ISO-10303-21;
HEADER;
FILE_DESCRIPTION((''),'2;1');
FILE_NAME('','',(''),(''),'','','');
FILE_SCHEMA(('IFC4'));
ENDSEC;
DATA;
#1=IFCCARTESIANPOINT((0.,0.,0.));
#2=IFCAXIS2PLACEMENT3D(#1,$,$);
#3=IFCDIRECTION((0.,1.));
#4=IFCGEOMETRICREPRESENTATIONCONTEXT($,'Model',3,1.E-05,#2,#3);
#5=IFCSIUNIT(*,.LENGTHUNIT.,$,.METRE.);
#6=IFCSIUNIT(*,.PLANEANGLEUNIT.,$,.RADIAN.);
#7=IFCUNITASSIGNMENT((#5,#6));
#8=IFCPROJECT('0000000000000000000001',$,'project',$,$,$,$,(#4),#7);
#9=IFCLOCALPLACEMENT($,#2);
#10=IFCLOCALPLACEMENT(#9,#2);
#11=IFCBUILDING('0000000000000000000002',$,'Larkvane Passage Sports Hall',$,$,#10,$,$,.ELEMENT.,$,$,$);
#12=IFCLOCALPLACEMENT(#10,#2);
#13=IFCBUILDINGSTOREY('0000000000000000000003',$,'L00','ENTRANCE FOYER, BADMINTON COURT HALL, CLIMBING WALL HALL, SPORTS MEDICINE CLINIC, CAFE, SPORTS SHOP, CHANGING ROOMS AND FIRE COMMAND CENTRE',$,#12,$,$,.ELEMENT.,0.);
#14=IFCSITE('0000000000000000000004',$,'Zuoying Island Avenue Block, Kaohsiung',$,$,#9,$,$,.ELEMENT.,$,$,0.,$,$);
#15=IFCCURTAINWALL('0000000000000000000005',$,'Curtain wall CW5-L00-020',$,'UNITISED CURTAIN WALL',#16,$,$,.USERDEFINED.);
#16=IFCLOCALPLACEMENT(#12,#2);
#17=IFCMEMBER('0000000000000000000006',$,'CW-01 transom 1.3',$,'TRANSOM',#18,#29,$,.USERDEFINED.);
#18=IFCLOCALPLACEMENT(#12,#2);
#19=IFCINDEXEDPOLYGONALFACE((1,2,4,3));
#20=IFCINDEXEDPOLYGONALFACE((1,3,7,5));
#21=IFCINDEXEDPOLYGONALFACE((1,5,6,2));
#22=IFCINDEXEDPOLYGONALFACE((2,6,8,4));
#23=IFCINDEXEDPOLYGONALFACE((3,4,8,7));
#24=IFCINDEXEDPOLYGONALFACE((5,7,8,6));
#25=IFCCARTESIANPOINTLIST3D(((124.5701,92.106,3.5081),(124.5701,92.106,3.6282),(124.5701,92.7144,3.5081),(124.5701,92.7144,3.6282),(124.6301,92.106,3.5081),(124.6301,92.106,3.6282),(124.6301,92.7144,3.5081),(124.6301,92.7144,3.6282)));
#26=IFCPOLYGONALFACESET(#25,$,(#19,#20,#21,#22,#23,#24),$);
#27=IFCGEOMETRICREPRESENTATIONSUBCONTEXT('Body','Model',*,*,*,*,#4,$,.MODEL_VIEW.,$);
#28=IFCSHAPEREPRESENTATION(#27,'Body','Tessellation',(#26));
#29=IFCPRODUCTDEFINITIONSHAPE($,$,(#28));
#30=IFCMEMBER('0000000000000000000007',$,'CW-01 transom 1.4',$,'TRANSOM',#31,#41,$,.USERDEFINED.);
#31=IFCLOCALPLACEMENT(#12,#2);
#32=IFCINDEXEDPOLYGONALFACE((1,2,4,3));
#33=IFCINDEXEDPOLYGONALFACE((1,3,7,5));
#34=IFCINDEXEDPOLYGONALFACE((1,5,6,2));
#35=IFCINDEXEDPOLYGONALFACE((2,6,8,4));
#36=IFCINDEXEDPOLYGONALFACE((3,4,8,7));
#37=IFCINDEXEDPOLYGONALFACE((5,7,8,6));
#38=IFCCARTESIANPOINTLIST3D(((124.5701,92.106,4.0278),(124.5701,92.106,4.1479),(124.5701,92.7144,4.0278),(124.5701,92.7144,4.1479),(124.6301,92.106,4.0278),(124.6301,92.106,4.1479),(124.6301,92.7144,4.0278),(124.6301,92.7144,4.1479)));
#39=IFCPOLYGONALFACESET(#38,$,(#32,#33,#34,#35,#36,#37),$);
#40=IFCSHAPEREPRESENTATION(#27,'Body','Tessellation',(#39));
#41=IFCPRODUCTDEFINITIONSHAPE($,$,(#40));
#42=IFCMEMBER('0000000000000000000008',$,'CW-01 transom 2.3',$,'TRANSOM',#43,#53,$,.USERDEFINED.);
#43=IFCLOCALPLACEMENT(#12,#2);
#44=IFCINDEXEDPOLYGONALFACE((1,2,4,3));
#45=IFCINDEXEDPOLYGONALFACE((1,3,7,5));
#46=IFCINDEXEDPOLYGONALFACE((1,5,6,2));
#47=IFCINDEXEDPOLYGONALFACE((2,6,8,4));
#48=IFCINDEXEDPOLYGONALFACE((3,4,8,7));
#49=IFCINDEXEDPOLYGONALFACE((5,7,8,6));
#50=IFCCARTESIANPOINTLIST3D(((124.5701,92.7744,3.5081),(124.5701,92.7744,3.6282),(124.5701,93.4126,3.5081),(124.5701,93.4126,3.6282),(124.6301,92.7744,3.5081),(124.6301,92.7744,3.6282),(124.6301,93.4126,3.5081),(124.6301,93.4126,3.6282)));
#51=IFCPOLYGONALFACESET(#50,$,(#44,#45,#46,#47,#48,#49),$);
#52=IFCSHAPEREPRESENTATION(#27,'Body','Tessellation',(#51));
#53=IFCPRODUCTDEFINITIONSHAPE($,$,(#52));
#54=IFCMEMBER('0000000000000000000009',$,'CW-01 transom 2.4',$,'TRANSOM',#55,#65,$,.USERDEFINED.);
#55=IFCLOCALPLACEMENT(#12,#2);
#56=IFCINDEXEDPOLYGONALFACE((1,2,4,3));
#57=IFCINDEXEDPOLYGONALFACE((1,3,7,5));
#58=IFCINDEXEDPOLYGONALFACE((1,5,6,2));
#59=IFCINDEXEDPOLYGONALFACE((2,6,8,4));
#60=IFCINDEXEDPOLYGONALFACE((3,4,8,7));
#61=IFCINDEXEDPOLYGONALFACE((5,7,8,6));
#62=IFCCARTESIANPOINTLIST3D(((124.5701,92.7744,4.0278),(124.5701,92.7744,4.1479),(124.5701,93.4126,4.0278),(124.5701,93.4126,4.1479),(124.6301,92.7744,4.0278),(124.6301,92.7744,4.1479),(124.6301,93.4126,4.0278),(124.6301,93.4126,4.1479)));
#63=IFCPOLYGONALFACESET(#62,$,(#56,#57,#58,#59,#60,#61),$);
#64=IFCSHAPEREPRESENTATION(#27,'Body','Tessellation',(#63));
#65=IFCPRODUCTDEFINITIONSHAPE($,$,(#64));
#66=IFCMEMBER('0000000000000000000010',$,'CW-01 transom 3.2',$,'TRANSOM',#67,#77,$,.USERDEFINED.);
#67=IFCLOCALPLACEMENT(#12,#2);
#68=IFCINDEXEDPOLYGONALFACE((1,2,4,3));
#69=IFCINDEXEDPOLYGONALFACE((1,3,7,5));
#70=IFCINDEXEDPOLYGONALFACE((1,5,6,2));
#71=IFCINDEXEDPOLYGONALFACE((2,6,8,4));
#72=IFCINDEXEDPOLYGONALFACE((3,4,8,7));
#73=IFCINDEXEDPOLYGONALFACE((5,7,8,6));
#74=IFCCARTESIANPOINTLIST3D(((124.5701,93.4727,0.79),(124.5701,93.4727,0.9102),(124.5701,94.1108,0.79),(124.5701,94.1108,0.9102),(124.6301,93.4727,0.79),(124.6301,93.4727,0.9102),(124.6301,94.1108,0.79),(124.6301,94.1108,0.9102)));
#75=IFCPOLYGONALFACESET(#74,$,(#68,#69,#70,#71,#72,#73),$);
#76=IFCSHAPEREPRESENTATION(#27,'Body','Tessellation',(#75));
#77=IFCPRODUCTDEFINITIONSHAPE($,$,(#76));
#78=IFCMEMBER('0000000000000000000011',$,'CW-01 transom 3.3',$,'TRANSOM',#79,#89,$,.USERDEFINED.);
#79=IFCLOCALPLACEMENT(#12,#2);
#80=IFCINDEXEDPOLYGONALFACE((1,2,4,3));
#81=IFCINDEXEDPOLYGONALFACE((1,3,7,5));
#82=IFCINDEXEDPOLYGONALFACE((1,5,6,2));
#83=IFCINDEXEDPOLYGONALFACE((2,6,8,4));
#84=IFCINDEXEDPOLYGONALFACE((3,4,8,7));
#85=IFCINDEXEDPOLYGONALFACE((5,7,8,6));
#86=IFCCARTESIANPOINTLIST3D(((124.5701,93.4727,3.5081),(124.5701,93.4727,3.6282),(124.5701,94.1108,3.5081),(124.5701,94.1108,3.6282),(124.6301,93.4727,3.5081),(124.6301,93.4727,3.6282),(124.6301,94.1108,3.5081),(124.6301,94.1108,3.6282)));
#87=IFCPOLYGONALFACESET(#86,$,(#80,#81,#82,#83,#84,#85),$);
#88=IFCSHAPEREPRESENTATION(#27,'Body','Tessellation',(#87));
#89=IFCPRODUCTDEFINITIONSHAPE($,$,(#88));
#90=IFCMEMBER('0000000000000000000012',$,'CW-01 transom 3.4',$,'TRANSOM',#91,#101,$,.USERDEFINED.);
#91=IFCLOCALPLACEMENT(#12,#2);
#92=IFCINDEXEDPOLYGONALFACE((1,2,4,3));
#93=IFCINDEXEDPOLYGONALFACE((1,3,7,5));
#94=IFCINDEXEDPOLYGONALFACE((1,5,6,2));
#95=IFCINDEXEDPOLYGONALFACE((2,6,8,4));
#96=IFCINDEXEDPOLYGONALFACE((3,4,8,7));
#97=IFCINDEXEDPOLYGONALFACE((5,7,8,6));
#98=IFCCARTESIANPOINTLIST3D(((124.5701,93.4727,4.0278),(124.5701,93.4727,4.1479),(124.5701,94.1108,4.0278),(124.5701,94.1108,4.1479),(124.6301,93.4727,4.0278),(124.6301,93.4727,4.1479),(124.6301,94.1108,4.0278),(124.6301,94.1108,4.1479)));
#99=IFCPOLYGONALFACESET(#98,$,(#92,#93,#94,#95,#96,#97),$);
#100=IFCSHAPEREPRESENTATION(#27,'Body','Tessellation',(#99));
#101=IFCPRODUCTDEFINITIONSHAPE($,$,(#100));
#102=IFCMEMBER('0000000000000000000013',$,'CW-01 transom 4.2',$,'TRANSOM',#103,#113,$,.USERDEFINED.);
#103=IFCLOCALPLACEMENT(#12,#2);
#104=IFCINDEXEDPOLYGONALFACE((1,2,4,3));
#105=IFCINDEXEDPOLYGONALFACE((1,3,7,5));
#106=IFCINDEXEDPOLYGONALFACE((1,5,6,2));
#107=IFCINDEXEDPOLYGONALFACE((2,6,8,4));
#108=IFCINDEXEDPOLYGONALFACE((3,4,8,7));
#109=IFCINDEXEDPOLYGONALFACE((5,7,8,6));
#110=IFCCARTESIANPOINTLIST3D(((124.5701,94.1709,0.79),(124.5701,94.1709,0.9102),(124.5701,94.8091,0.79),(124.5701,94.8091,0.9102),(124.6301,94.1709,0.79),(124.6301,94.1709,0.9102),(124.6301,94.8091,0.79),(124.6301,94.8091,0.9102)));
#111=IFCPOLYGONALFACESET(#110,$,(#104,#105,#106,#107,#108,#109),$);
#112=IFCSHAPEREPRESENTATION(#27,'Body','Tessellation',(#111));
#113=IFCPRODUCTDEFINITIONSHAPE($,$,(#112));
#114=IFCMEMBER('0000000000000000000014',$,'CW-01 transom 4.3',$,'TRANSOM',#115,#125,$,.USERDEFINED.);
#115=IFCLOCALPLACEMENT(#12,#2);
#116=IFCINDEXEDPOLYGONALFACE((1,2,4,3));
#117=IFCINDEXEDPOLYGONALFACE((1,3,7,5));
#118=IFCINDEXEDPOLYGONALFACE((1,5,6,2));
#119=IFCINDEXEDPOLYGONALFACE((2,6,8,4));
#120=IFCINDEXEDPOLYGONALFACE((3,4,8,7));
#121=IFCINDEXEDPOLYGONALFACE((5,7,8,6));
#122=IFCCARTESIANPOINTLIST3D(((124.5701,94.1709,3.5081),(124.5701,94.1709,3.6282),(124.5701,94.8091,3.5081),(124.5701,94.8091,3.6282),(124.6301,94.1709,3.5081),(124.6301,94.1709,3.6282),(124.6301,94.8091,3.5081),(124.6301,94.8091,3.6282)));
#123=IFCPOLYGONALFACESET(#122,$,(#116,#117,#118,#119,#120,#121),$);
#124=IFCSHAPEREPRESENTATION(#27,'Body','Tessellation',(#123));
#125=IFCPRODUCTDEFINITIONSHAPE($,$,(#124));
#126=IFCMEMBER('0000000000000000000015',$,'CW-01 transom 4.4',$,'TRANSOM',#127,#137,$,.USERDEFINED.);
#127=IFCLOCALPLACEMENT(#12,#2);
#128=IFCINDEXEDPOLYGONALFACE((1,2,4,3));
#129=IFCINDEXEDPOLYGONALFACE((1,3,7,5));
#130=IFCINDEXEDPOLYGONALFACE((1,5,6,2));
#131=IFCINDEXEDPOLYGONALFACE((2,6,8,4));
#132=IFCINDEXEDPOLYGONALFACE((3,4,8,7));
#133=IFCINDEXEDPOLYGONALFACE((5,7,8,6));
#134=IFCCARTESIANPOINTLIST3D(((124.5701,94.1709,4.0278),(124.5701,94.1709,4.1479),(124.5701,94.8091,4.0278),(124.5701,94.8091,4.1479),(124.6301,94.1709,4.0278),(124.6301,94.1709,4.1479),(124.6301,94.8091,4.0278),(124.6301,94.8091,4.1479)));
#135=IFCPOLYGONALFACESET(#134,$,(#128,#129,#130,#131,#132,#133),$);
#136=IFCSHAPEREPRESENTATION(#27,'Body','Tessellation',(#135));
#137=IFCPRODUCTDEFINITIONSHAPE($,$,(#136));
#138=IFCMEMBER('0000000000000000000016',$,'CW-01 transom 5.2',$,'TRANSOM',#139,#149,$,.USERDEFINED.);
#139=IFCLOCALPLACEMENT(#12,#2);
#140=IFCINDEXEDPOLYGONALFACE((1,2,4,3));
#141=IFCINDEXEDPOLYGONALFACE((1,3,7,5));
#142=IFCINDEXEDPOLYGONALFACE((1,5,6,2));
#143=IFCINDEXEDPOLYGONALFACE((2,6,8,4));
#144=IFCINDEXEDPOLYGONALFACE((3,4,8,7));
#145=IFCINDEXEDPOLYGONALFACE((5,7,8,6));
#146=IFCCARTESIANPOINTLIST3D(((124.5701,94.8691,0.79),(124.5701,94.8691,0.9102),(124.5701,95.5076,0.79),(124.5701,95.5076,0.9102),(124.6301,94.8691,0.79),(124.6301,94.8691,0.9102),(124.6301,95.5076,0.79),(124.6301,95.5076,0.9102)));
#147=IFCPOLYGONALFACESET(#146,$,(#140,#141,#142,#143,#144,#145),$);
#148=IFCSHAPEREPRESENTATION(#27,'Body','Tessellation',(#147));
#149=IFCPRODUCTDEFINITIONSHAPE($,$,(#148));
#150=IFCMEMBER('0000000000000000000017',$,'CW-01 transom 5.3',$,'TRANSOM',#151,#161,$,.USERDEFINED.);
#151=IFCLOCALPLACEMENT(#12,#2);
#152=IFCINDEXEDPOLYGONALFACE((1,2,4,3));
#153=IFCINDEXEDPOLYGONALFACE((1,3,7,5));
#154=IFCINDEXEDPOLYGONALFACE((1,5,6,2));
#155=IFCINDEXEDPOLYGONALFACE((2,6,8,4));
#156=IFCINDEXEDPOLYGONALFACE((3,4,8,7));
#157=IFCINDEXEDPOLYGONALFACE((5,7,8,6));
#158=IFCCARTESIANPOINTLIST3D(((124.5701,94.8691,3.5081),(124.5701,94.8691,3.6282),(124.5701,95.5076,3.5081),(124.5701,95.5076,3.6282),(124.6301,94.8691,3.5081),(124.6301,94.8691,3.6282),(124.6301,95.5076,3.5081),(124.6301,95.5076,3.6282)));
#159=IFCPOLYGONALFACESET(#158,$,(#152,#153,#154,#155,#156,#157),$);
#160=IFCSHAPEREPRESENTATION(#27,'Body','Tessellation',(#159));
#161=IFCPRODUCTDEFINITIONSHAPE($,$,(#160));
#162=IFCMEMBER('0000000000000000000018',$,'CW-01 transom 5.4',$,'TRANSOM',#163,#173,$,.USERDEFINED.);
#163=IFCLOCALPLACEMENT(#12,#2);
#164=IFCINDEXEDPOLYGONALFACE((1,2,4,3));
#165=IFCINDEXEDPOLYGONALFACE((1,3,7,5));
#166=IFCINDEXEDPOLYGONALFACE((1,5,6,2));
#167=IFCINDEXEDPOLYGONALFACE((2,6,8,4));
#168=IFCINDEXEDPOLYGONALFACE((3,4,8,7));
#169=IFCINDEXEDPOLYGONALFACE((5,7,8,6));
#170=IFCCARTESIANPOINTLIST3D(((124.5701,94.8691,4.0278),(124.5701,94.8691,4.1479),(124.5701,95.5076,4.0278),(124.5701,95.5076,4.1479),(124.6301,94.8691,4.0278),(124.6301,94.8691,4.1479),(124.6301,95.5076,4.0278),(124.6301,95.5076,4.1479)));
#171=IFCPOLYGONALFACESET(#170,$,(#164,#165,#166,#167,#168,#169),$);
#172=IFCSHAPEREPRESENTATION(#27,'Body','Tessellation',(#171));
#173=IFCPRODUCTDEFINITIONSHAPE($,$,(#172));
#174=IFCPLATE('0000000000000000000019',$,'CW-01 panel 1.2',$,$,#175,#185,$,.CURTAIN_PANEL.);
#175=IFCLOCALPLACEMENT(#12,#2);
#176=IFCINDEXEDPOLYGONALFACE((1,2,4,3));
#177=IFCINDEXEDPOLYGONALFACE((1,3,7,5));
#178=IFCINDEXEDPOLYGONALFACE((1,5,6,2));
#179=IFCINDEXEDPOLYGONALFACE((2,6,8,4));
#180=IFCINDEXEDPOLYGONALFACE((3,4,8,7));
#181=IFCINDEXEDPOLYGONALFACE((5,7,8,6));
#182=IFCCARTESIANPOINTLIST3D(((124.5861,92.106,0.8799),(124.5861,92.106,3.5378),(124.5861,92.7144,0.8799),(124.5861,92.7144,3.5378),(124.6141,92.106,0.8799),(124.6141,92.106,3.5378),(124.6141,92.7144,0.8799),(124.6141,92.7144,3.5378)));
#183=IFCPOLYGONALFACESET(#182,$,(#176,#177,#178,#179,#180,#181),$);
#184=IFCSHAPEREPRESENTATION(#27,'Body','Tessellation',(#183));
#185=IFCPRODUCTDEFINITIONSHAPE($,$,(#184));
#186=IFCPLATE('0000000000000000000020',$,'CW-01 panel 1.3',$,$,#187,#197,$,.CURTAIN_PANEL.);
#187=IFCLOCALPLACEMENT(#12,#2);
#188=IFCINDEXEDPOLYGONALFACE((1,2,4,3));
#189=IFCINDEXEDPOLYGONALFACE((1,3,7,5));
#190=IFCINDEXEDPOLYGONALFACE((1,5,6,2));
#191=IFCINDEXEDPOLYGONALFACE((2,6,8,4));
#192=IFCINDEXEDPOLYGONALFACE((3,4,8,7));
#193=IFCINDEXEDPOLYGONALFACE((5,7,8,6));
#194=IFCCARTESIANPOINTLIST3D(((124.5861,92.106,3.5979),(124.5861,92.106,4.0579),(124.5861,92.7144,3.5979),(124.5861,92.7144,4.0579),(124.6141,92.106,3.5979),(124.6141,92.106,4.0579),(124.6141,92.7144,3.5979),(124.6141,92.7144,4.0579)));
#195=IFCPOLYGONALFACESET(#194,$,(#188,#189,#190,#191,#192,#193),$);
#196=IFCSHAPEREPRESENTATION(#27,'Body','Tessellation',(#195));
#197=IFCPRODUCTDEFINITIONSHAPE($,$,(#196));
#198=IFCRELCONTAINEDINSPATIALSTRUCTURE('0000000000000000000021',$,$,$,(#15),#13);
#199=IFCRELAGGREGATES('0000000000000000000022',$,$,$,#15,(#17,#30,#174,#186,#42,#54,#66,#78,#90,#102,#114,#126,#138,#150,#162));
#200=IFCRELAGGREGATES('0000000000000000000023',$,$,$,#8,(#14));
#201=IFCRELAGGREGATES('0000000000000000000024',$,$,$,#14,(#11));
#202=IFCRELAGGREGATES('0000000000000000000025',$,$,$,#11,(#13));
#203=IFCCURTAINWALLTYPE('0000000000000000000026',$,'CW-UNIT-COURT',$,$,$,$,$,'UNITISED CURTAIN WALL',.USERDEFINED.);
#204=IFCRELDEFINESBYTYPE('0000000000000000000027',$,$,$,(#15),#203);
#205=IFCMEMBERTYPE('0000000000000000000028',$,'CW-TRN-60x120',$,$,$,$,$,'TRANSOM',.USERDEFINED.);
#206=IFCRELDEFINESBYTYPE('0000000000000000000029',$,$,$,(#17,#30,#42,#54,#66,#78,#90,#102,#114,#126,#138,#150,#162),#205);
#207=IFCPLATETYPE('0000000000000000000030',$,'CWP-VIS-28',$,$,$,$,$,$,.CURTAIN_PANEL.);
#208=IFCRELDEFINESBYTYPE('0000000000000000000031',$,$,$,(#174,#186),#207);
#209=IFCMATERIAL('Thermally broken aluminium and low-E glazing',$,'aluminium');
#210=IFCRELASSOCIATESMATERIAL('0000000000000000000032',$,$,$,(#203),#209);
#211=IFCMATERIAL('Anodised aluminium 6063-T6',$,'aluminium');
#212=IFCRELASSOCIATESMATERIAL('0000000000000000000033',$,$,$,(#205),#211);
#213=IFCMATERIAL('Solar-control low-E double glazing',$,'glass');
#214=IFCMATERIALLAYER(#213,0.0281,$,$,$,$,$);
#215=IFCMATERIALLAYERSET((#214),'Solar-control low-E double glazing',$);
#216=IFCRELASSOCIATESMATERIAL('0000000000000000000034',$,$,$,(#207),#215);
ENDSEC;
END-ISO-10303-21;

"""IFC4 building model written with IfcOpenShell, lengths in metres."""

from ifc_helpers import new_model, si_unit, direction, frame, origin, origin_2d, place, context, subcontext, project, spatial, rectangle, extrude, material, layer, layer_set, material_profile, profile_set, type_object, element, aggregate, save


model = new_model("IFC4")

# Units and contexts
model_context = context("Model", 3, precision=1e-05, world=origin(), true_north=direction((0.0, 1.0)))
body_context = subcontext(model_context, "Body", "Model", "MODEL_VIEW")
ifc_project = project(units=[si_unit("LENGTHUNIT", "METRE"), si_unit("PLANEANGLEUNIT", "RADIAN")], contexts=[model_context])

# Site, building, storey
site_placement = place(None, origin())
site = spatial("IfcSite", under=ifc_project, at=site_placement, Name="Zuoying Island Avenue Block, Kaohsiung", CompositionType="ELEMENT", RefElevation=0.0)
building_placement = place(site_placement, origin())
building = spatial("IfcBuilding", under=site, at=building_placement, Name="Larkvane Passage Sports Hall", CompositionType="ELEMENT")
storey_placement = place(building_placement, origin())
storey = spatial("IfcBuildingStorey", under=building, at=storey_placement, Name="L00", Description="ENTRANCE FOYER, BADMINTON COURT HALL, CLIMBING WALL HALL, SPORTS MEDICINE CLINIC, CAFE, SPORTS SHOP, CHANGING ROOMS AND FIRE COMMAND CENTRE", CompositionType="ELEMENT", Elevation=0.0)

# Curtain wall, members, plates
ifc_material_1 = material(Name="Thermally broken aluminium and low-E glazing", Category="aluminium")
curtain_wall_type = type_object("IfcCurtainWallType", Name="CW-UNIT-COURT", ElementType="UNITISED CURTAIN WALL", PredefinedType="USERDEFINED", material=ifc_material_1)
curtain_wall_placement = place(storey_placement, origin())
curtain_wall = element("IfcCurtainWall", 1, at=curtain_wall_placement, inside=storey, type_object=curtain_wall_type, Name="Curtain wall CW5-L00-020", ObjectType="UNITISED CURTAIN WALL", PredefinedType="USERDEFINED")
ifc_material_2 = material(Name="Anodised aluminium 6063-T6", Category="aluminium")
ifc_material_profile = material_profile(ifc_material_2, rectangle(XDim=0.0601, YDim=0.1201, at=origin_2d()), Name="ALU-TRN-60x120")
ifc_profile_set = profile_set([ifc_material_profile], Name="Anodised aluminium 6063-T6")
member_type = type_object("IfcMemberType", Name="CW-TRN-60x120", ElementType="TRANSOM", PredefinedType="USERDEFINED", material=ifc_profile_set)
member_1_placement = place(storey_placement, frame((124.6001, 92.106, 3.5681), z_axis=(0.0, 1.0, 0.0), x_axis=(-1.0, 0.0, 0.0)))
member_1 = element("IfcMember", 2, at=member_1_placement, type_object=member_type, Name="CW-01 transom 1.3", ObjectType="TRANSOM", PredefinedType="USERDEFINED", context=body_context, shape_type="SweptSolid", body=[
    extrude(rectangle(XDim=0.0601, YDim=0.1201, at=origin_2d()), origin(), (0.0, 0.0, 1.0), 0.6084),
])
member_2_placement = place(storey_placement, frame((124.6001, 92.106, 4.0879), z_axis=(0.0, 1.0, 0.0), x_axis=(-1.0, 0.0, 0.0)))
member_2 = element("IfcMember", 3, at=member_2_placement, type_object=member_type, Name="CW-01 transom 1.4", ObjectType="TRANSOM", PredefinedType="USERDEFINED", context=body_context, shape_type="SweptSolid", body=[
    extrude(rectangle(XDim=0.0601, YDim=0.1201, at=origin_2d()), origin(), (0.0, 0.0, 1.0), 0.6084),
])
member_3_placement = place(storey_placement, frame((124.6001, 92.7744, 3.5681), z_axis=(0.0, 1.0, 0.0), x_axis=(-1.0, 0.0, 0.0)))
member_3 = element("IfcMember", 4, at=member_3_placement, type_object=member_type, Name="CW-01 transom 2.3", ObjectType="TRANSOM", PredefinedType="USERDEFINED", context=body_context, shape_type="SweptSolid", body=[
    extrude(rectangle(XDim=0.0601, YDim=0.1201, at=origin_2d()), origin(), (0.0, 0.0, 1.0), 0.6382),
])
member_4_placement = place(storey_placement, frame((124.6001, 92.7744, 4.0879), z_axis=(0.0, 1.0, 0.0), x_axis=(-1.0, 0.0, 0.0)))
member_4 = element("IfcMember", 5, at=member_4_placement, type_object=member_type, Name="CW-01 transom 2.4", ObjectType="TRANSOM", PredefinedType="USERDEFINED", context=body_context, shape_type="SweptSolid", body=[
    extrude(rectangle(XDim=0.0601, YDim=0.1201, at=origin_2d()), origin(), (0.0, 0.0, 1.0), 0.6382),
])
member_5_placement = place(storey_placement, frame((124.6001, 93.4727, 0.8501), z_axis=(0.0, 1.0, 0.0), x_axis=(-1.0, 0.0, 0.0)))
member_5 = element("IfcMember", 6, at=member_5_placement, type_object=member_type, Name="CW-01 transom 3.2", ObjectType="TRANSOM", PredefinedType="USERDEFINED", context=body_context, shape_type="SweptSolid", body=[
    extrude(rectangle(XDim=0.0601, YDim=0.1201, at=origin_2d()), origin(), (0.0, 0.0, 1.0), 0.6382),
])
member_6_placement = place(storey_placement, frame((124.6001, 93.4727, 3.5681), z_axis=(0.0, 1.0, 0.0), x_axis=(-1.0, 0.0, 0.0)))
member_6 = element("IfcMember", 7, at=member_6_placement, type_object=member_type, Name="CW-01 transom 3.3", ObjectType="TRANSOM", PredefinedType="USERDEFINED", context=body_context, shape_type="SweptSolid", body=[
    extrude(rectangle(XDim=0.0601, YDim=0.1201, at=origin_2d()), origin(), (0.0, 0.0, 1.0), 0.6382),
])
member_7_placement = place(storey_placement, frame((124.6001, 93.4727, 4.0879), z_axis=(0.0, 1.0, 0.0), x_axis=(-1.0, 0.0, 0.0)))
member_7 = element("IfcMember", 8, at=member_7_placement, type_object=member_type, Name="CW-01 transom 3.4", ObjectType="TRANSOM", PredefinedType="USERDEFINED", context=body_context, shape_type="SweptSolid", body=[
    extrude(rectangle(XDim=0.0601, YDim=0.1201, at=origin_2d()), origin(), (0.0, 0.0, 1.0), 0.6382),
])
member_8_placement = place(storey_placement, frame((124.6001, 94.1709, 0.8501), z_axis=(0.0, 1.0, 0.0), x_axis=(-1.0, 0.0, 0.0)))
member_8 = element("IfcMember", 9, at=member_8_placement, type_object=member_type, Name="CW-01 transom 4.2", ObjectType="TRANSOM", PredefinedType="USERDEFINED", context=body_context, shape_type="SweptSolid", body=[
    extrude(rectangle(XDim=0.0601, YDim=0.1201, at=origin_2d()), origin(), (0.0, 0.0, 1.0), 0.6382),
])
member_9_placement = place(storey_placement, frame((124.6001, 94.1709, 3.5681), z_axis=(0.0, 1.0, 0.0), x_axis=(-1.0, 0.0, 0.0)))
member_9 = element("IfcMember", 10, at=member_9_placement, type_object=member_type, Name="CW-01 transom 4.3", ObjectType="TRANSOM", PredefinedType="USERDEFINED", context=body_context, shape_type="SweptSolid", body=[
    extrude(rectangle(XDim=0.0601, YDim=0.1201, at=origin_2d()), origin(), (0.0, 0.0, 1.0), 0.6382),
])
member_10_placement = place(storey_placement, frame((124.6001, 94.1709, 4.0879), z_axis=(0.0, 1.0, 0.0), x_axis=(-1.0, 0.0, 0.0)))
member_10 = element("IfcMember", 11, at=member_10_placement, type_object=member_type, Name="CW-01 transom 4.4", ObjectType="TRANSOM", PredefinedType="USERDEFINED", context=body_context, shape_type="SweptSolid", body=[
    extrude(rectangle(XDim=0.0601, YDim=0.1201, at=origin_2d()), origin(), (0.0, 0.0, 1.0), 0.6382),
])
member_11_placement = place(storey_placement, frame((124.6001, 94.8691, 0.8501), z_axis=(0.0, 1.0, 0.0), x_axis=(-1.0, 0.0, 0.0)))
member_11 = element("IfcMember", 12, at=member_11_placement, type_object=member_type, Name="CW-01 transom 5.2", ObjectType="TRANSOM", PredefinedType="USERDEFINED", context=body_context, shape_type="SweptSolid", body=[
    extrude(rectangle(XDim=0.0601, YDim=0.1201, at=origin_2d()), origin(), (0.0, 0.0, 1.0), 0.6384),
])
member_12_placement = place(storey_placement, frame((124.6001, 94.8691, 3.5681), z_axis=(0.0, 1.0, 0.0), x_axis=(-1.0, 0.0, 0.0)))
member_12 = element("IfcMember", 13, at=member_12_placement, type_object=member_type, Name="CW-01 transom 5.3", ObjectType="TRANSOM", PredefinedType="USERDEFINED", context=body_context, shape_type="SweptSolid", body=[
    extrude(rectangle(XDim=0.0601, YDim=0.1201, at=origin_2d()), origin(), (0.0, 0.0, 1.0), 0.6384),
])
member_13_placement = place(storey_placement, frame((124.6001, 94.8691, 4.0879), z_axis=(0.0, 1.0, 0.0), x_axis=(-1.0, 0.0, 0.0)))
member_13 = element("IfcMember", 14, at=member_13_placement, type_object=member_type, Name="CW-01 transom 5.4", ObjectType="TRANSOM", PredefinedType="USERDEFINED", context=body_context, shape_type="SweptSolid", body=[
    extrude(rectangle(XDim=0.0601, YDim=0.1201, at=origin_2d()), origin(), (0.0, 0.0, 1.0), 0.6384),
])
ifc_material_3 = material(Name="Solar-control low-E double glazing", Category="glass")
ifc_layer = layer(ifc_material_3, 0.0281)
ifc_layer_set = layer_set([ifc_layer], Name="Solar-control low-E double glazing")
plate_type = type_object("IfcPlateType", Name="CWP-VIS-28", PredefinedType="CURTAIN_PANEL", material=ifc_layer_set)
plate_1_placement = place(storey_placement, frame((124.6001, 92.4102, 0.8799), z_axis=(0.0, 0.0, 1.0), x_axis=(0.0, 1.0, 0.0)))
plate_1 = element("IfcPlate", 15, at=plate_1_placement, type_object=plate_type, Name="CW-01 panel 1.2", PredefinedType="CURTAIN_PANEL", context=body_context, shape_type="SweptSolid", body=[
    extrude(rectangle(XDim=0.6084, YDim=0.0281, at=origin_2d()), origin(), (0.0, 0.0, 1.0), 2.658),
])
plate_2_placement = place(storey_placement, frame((124.6001, 92.4102, 3.5979), z_axis=(0.0, 0.0, 1.0), x_axis=(0.0, 1.0, 0.0)))
plate_2 = element("IfcPlate", 16, at=plate_2_placement, type_object=plate_type, Name="CW-01 panel 1.3", PredefinedType="CURTAIN_PANEL", context=body_context, shape_type="SweptSolid", body=[
    extrude(rectangle(XDim=0.6084, YDim=0.0281, at=origin_2d()), origin(), (0.0, 0.0, 1.0), 0.46),
])
aggregate(curtain_wall, [member_1, member_2, plate_1, plate_2, member_3, member_4, member_5, member_6, member_7, member_8, member_9, member_10, member_11, member_12, member_13])

save(model, "model.ifc")
